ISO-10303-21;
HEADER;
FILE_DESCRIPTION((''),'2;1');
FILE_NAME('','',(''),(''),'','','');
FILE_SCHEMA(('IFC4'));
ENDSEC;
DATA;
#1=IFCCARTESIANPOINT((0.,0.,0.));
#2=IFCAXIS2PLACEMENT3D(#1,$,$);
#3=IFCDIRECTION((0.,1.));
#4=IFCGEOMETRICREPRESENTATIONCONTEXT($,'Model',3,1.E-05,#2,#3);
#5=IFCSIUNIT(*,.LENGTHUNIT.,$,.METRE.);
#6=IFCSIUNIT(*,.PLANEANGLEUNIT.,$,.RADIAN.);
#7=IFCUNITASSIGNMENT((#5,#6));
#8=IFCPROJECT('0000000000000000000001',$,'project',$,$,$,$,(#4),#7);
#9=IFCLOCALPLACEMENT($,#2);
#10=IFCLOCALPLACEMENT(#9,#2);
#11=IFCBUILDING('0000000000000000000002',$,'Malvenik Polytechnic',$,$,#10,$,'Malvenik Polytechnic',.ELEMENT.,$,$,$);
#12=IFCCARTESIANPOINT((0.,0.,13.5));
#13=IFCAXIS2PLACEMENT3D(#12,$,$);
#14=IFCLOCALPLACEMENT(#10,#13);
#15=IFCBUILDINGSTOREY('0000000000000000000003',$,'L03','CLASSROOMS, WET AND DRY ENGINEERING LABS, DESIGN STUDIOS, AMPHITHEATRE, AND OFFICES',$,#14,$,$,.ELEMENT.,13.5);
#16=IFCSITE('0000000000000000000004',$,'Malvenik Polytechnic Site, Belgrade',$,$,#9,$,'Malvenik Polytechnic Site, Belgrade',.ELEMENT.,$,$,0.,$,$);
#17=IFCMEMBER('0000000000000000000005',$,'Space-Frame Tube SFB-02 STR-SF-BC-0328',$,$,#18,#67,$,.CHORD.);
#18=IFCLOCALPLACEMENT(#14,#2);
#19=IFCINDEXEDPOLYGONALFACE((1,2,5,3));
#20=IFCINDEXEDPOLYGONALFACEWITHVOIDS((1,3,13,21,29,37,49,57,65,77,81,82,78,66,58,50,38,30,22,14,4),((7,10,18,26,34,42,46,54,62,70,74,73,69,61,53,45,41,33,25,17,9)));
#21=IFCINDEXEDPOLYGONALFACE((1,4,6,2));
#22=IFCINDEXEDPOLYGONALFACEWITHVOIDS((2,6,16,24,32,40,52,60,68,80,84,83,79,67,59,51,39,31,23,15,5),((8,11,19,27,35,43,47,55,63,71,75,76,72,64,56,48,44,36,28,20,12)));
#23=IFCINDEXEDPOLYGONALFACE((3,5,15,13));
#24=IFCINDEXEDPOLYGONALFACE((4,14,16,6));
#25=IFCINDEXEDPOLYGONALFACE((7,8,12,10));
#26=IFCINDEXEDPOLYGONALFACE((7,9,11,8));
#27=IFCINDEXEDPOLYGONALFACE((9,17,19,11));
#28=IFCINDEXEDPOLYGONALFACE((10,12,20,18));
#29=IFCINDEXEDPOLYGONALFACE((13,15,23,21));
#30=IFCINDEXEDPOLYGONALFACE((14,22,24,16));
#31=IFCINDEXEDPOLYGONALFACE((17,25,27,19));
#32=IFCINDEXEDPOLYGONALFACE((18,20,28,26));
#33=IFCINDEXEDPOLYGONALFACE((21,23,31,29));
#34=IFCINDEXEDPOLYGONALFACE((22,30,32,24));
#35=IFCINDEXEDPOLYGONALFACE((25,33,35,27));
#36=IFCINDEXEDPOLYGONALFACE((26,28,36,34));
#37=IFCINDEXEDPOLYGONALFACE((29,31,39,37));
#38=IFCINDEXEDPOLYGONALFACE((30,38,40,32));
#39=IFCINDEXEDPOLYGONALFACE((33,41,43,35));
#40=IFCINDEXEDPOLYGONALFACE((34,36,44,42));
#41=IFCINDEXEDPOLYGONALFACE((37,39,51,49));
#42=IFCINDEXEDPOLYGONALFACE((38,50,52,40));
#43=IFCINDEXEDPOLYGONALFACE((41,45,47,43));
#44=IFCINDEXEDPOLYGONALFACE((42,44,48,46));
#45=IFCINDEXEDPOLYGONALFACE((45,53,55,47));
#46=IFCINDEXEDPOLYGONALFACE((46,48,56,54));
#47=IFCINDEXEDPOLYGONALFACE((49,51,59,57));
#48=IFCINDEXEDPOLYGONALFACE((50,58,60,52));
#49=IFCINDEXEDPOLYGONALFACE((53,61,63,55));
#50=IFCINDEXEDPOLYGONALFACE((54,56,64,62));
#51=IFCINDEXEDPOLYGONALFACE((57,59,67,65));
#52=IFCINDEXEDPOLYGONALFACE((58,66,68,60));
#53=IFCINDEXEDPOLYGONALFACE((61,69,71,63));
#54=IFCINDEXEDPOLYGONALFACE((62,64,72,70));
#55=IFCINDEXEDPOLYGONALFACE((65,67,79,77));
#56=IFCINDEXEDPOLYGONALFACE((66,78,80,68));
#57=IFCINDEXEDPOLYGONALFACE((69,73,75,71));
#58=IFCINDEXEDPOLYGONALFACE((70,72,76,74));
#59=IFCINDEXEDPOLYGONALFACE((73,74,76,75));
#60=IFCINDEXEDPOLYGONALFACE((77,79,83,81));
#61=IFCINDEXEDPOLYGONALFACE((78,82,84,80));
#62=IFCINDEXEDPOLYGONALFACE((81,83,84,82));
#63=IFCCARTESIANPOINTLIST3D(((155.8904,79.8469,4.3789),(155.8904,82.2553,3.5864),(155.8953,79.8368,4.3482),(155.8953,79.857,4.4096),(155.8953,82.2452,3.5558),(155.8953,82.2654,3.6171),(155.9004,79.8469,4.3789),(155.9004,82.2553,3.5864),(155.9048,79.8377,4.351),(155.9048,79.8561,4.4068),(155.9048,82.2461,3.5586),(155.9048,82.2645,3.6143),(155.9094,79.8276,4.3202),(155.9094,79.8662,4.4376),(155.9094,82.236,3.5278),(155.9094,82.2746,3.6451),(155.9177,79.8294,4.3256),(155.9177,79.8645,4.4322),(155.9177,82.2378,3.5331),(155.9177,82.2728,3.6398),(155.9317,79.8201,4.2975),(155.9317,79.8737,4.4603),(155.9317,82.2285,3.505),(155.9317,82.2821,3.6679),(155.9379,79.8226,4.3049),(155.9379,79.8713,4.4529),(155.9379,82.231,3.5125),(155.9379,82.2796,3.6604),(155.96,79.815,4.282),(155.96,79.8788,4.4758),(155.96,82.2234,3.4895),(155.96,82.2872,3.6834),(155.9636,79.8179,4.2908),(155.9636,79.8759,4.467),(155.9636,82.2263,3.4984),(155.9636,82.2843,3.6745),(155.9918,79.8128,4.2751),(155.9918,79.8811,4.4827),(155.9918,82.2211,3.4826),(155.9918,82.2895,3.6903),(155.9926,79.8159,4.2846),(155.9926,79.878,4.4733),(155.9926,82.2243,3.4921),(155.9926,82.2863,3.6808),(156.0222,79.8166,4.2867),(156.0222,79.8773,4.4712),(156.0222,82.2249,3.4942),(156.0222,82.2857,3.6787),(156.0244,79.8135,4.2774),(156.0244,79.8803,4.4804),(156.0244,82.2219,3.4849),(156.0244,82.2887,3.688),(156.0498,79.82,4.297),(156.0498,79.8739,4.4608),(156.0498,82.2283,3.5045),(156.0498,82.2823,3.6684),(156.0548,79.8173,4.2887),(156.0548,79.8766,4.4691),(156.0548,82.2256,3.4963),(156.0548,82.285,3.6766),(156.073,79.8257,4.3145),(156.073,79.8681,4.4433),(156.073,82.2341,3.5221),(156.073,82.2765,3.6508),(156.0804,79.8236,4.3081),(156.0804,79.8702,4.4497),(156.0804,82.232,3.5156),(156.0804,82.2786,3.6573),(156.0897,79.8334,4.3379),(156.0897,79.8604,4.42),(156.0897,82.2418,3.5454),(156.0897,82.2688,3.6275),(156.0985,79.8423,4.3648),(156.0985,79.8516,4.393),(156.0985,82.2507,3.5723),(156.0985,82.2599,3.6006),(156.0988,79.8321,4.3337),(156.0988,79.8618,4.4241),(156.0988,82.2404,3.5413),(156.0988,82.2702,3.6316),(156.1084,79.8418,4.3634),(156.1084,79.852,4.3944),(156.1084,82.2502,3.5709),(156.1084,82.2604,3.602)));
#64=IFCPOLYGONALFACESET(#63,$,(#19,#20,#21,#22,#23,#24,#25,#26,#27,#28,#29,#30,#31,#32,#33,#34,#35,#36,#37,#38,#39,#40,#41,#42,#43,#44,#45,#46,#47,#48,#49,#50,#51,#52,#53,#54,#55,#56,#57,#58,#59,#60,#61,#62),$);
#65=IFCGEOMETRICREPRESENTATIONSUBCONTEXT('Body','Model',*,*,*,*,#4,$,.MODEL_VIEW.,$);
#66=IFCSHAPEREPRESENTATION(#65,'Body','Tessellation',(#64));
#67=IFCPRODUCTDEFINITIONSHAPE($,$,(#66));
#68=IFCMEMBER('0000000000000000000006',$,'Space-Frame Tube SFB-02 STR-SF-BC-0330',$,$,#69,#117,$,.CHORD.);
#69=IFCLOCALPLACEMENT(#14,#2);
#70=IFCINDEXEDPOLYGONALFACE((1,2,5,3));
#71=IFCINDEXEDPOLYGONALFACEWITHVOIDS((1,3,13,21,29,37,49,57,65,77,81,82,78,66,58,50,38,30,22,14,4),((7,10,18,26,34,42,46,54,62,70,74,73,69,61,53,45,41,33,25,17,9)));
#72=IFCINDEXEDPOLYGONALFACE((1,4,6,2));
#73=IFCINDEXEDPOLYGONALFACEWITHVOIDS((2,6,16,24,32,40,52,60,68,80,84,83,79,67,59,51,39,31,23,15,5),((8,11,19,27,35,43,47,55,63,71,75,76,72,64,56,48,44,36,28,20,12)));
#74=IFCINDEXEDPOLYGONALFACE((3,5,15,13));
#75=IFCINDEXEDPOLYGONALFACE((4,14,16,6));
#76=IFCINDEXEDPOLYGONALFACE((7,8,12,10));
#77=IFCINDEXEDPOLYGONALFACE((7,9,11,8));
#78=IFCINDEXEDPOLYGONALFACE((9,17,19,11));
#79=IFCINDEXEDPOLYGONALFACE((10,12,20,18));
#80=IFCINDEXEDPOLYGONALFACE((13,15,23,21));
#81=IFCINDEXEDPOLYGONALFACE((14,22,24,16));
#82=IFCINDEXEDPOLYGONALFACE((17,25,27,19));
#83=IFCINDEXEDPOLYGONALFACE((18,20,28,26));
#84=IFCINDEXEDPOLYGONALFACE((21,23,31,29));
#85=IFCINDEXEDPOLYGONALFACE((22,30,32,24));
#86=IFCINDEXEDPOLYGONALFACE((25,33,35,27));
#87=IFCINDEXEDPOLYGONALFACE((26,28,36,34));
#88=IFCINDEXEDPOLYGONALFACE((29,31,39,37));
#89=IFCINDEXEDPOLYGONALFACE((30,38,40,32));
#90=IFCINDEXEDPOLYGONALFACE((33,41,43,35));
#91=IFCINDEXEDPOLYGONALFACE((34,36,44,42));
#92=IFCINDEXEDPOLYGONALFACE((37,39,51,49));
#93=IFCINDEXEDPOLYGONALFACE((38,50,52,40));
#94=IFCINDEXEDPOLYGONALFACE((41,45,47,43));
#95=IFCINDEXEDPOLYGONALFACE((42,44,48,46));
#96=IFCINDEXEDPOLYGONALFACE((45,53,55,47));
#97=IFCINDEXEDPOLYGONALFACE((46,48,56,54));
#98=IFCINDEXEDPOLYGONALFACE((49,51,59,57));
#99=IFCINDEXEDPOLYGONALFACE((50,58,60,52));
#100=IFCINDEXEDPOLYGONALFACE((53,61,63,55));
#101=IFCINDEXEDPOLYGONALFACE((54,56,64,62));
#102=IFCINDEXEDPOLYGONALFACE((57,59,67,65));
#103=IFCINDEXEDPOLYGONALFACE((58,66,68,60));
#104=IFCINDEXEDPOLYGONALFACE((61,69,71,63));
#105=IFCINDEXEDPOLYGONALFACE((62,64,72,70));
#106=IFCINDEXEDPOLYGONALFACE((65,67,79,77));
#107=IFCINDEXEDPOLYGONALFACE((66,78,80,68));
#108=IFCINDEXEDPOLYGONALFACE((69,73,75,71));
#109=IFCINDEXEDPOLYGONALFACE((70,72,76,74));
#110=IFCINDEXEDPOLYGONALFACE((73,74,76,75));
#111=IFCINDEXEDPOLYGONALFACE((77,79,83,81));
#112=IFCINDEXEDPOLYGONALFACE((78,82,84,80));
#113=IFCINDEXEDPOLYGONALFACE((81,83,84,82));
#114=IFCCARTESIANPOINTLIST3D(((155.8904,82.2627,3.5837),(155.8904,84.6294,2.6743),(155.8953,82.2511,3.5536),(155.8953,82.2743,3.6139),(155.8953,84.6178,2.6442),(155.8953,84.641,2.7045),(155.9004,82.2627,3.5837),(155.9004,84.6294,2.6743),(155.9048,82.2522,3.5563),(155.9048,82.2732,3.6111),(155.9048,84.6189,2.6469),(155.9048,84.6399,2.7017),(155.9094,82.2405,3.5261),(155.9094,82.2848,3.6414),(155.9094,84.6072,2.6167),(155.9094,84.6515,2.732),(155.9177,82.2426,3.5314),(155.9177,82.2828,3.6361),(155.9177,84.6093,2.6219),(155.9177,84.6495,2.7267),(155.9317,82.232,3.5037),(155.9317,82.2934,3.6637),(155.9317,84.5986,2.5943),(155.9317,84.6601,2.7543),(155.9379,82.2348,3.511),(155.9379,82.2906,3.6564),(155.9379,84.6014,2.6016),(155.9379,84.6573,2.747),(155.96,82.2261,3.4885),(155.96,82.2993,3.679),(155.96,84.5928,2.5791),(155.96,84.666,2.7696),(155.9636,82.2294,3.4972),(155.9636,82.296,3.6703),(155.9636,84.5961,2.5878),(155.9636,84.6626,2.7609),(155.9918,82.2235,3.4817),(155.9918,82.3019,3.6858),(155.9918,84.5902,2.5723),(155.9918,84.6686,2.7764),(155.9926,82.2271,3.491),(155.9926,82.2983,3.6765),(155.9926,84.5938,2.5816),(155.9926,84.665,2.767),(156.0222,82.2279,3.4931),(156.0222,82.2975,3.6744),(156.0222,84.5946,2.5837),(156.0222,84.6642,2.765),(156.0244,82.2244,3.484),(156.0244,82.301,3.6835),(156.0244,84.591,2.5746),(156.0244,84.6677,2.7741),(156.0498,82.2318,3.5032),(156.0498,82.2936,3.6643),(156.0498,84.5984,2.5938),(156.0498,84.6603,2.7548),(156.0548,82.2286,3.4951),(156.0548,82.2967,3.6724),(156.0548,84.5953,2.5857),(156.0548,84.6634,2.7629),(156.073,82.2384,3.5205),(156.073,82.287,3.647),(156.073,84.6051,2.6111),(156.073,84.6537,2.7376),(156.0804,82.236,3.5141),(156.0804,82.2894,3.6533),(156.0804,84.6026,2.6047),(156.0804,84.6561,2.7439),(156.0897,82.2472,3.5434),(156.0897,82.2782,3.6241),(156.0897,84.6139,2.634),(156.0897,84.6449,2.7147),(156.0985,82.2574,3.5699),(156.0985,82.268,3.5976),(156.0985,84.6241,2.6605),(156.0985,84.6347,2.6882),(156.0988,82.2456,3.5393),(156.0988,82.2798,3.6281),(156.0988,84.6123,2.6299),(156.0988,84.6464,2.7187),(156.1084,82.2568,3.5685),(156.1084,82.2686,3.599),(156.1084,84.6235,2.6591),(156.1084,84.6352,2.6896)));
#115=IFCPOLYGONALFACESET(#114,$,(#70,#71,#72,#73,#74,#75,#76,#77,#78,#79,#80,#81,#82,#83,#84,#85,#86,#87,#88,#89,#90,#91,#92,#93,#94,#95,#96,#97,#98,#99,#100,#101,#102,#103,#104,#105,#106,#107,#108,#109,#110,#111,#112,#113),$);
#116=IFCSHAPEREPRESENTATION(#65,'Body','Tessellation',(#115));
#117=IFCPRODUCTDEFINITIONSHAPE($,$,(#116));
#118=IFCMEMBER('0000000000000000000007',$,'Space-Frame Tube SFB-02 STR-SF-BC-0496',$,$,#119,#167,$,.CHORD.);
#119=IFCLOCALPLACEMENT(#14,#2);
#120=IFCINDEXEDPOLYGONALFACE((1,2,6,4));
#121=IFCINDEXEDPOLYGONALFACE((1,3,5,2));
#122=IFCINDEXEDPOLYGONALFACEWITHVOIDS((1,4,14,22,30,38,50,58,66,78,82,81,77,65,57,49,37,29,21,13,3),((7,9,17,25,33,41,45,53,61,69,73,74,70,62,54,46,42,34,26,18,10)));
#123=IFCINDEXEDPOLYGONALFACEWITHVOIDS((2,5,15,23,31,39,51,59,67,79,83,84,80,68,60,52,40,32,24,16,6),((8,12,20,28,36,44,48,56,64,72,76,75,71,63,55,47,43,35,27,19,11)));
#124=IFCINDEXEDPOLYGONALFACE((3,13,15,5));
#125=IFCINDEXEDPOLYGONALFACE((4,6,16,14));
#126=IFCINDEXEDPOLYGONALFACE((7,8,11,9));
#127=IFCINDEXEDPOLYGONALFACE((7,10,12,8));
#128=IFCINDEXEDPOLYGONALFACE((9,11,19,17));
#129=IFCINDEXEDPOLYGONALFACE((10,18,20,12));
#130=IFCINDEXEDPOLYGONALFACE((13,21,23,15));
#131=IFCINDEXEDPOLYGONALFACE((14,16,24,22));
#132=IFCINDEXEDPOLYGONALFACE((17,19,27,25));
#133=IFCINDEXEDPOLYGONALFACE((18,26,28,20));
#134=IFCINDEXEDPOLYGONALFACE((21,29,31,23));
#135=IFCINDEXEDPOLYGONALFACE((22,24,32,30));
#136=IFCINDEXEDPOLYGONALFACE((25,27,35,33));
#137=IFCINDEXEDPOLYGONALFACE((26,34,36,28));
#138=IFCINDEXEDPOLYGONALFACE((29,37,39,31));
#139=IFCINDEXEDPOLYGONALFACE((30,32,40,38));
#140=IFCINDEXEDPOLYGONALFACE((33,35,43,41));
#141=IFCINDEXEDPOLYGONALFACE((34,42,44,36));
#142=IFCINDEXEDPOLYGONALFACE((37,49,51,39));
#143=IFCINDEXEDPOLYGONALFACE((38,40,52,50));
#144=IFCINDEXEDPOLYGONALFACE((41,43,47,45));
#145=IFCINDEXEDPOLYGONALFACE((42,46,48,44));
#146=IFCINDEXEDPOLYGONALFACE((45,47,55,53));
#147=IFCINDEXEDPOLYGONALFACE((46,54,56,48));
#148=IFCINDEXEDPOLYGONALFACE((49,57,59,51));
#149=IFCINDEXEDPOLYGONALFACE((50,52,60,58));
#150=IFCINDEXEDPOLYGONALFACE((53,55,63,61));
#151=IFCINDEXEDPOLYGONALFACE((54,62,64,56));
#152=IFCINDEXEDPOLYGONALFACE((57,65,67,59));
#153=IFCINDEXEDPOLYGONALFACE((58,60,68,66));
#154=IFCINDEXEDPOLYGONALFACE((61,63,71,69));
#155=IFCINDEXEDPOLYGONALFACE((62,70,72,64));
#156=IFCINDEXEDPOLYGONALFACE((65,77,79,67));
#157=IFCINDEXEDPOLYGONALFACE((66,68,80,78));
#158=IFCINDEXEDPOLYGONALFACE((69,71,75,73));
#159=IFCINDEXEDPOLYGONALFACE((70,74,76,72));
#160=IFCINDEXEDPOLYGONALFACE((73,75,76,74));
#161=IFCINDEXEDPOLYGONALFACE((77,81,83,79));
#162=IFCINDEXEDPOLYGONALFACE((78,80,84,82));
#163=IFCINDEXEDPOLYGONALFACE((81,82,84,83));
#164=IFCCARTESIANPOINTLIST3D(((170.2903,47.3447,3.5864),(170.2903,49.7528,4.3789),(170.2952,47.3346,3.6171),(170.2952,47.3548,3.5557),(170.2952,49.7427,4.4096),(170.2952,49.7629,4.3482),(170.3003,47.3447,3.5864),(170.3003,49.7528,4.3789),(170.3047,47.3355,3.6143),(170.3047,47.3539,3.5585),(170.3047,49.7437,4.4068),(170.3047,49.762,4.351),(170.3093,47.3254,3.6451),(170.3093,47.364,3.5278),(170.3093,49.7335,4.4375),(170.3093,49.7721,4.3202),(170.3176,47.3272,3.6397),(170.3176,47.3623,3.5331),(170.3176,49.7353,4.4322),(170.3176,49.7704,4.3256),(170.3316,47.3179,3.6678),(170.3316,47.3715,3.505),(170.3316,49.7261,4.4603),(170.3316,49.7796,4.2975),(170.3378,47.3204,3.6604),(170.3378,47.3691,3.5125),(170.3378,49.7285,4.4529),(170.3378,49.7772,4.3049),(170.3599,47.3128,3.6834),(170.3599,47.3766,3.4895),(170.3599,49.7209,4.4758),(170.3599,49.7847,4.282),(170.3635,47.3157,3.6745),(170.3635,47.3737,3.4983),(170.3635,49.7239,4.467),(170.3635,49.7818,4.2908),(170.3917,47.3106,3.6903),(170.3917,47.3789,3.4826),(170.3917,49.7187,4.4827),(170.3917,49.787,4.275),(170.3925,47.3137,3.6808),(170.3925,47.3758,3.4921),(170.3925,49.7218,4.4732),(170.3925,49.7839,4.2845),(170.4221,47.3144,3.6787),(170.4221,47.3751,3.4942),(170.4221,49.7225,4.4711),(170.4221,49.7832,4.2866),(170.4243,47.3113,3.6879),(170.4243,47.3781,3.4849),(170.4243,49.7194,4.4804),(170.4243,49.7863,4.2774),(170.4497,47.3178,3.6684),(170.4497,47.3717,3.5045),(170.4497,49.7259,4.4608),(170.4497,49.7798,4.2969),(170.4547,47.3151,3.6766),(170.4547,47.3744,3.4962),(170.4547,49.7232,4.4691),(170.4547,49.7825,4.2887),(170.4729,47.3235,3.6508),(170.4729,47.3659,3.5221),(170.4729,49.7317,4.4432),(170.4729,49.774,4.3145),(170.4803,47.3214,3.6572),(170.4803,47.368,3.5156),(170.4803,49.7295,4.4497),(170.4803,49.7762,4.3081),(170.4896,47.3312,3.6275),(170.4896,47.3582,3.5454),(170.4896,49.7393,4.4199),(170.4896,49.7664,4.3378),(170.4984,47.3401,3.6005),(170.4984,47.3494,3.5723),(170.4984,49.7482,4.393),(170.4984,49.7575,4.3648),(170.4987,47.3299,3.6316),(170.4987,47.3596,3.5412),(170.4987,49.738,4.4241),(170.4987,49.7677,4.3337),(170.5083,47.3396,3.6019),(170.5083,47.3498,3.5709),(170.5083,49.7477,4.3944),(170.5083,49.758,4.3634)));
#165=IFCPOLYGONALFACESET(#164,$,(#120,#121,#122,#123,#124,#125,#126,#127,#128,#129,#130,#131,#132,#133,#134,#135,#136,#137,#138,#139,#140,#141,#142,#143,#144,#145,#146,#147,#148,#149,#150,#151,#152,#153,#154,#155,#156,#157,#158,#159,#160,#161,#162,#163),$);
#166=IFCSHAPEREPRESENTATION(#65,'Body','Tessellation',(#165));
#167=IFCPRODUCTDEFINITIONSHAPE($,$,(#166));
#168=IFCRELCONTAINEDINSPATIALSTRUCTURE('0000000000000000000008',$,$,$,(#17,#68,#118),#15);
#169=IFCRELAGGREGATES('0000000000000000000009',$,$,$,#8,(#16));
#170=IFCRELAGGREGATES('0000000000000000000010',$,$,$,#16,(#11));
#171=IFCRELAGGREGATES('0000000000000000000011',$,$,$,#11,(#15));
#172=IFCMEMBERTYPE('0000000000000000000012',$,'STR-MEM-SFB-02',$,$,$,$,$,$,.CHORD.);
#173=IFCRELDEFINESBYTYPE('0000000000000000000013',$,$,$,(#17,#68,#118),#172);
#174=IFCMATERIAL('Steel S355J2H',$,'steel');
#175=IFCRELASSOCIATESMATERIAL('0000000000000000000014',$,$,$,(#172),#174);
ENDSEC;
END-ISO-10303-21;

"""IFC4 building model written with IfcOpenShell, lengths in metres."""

from ifc_helpers import new_model, si_unit, direction, frame, origin, origin_2d, place, context, subcontext, project, spatial, hollow_circle, extrude, material, material_profile, profile_set, type_object, element, save


model = new_model("IFC4")

# Units and contexts
model_context = context("Model", 3, precision=1e-05, world=origin(), true_north=direction((0.0, 1.0)))
body_context = subcontext(model_context, "Body", "Model", "MODEL_VIEW")
ifc_project = project(units=[si_unit("LENGTHUNIT", "METRE"), si_unit("PLANEANGLEUNIT", "RADIAN")], contexts=[model_context])

# Site, building, storey
site_placement = place(None, origin())
site = spatial("IfcSite", under=ifc_project, at=site_placement, Name="Malvenik Polytechnic Site, Belgrade", LongName="Malvenik Polytechnic Site, Belgrade", CompositionType="ELEMENT", RefElevation=0.0)
building_placement = place(site_placement, origin())
building = spatial("IfcBuilding", under=site, at=building_placement, Name="Malvenik Polytechnic", LongName="Malvenik Polytechnic", CompositionType="ELEMENT")
storey_placement = place(building_placement, frame((0.0, 0.0, 13.5)))
storey = spatial("IfcBuildingStorey", under=building, at=storey_placement, Name="L03", Description="CLASSROOMS, WET AND DRY ENGINEERING LABS, DESIGN STUDIOS, AMPHITHEATRE, AND OFFICES", CompositionType="ELEMENT", Elevation=13.5)

# Members
ifc_material = material(Name="Steel S355J2H", Category="steel")
ifc_material_profile_1 = material_profile(ifc_material, hollow_circle(Radius=0.1096, WallThickness=0.01, at=origin_2d()), Name="CHS 219.1x10.0")
ifc_profile_set_1 = profile_set([ifc_material_profile_1], Name="Steel S355J2H")
member_type_1 = type_object("IfcMemberType", Name="STR-MEM-SFB-02", PredefinedType="CHORD", material=ifc_profile_set_1)
for number, where, z_axis, x_axis, name in (
    (1, (156.0, 79.8469, 4.3789), (0.0, 0.949899, -0.312557), (-1.0, 0.0, 0.0), "Space-Frame Tube SFB-02 STR-SF-BC-0328"),
    (2, (156.0, 82.2627, 3.5837), (0.0, 0.933457, -0.358689), (-1.0, 0.0, 0.0), "Space-Frame Tube SFB-02 STR-SF-BC-0330"),
):
    element("IfcMember", number, at=place(storey_placement, frame(where, z_axis=z_axis, x_axis=x_axis)), inside=storey, type_object=member_type_1, Name=name, PredefinedType="CHORD", context=body_context, shape_type="SweptSolid", body=[
        extrude(hollow_circle(Radius=0.1096, WallThickness=0.01, at=origin_2d()), origin(), (0.0, 0.0, 1.0), 2.5354),
    ])
member_1_placement = place(storey_placement, frame((170.3999, 47.3447, 3.5864), z_axis=(0.0, 0.94989, 0.312585), x_axis=(-1.0, 0.0, 0.0)))
element("IfcMember", 3, at=member_1_placement, inside=storey, type_object=member_type_1, Name="Space-Frame Tube SFB-02 STR-SF-BC-0496", PredefinedType="CHORD", context=body_context, shape_type="SweptSolid", body=[
    extrude(hollow_circle(Radius=0.1096, WallThickness=0.01, at=origin_2d()), origin(), (0.0, 0.0, 1.0), 2.5352),
])

save(model, "model.ifc")
